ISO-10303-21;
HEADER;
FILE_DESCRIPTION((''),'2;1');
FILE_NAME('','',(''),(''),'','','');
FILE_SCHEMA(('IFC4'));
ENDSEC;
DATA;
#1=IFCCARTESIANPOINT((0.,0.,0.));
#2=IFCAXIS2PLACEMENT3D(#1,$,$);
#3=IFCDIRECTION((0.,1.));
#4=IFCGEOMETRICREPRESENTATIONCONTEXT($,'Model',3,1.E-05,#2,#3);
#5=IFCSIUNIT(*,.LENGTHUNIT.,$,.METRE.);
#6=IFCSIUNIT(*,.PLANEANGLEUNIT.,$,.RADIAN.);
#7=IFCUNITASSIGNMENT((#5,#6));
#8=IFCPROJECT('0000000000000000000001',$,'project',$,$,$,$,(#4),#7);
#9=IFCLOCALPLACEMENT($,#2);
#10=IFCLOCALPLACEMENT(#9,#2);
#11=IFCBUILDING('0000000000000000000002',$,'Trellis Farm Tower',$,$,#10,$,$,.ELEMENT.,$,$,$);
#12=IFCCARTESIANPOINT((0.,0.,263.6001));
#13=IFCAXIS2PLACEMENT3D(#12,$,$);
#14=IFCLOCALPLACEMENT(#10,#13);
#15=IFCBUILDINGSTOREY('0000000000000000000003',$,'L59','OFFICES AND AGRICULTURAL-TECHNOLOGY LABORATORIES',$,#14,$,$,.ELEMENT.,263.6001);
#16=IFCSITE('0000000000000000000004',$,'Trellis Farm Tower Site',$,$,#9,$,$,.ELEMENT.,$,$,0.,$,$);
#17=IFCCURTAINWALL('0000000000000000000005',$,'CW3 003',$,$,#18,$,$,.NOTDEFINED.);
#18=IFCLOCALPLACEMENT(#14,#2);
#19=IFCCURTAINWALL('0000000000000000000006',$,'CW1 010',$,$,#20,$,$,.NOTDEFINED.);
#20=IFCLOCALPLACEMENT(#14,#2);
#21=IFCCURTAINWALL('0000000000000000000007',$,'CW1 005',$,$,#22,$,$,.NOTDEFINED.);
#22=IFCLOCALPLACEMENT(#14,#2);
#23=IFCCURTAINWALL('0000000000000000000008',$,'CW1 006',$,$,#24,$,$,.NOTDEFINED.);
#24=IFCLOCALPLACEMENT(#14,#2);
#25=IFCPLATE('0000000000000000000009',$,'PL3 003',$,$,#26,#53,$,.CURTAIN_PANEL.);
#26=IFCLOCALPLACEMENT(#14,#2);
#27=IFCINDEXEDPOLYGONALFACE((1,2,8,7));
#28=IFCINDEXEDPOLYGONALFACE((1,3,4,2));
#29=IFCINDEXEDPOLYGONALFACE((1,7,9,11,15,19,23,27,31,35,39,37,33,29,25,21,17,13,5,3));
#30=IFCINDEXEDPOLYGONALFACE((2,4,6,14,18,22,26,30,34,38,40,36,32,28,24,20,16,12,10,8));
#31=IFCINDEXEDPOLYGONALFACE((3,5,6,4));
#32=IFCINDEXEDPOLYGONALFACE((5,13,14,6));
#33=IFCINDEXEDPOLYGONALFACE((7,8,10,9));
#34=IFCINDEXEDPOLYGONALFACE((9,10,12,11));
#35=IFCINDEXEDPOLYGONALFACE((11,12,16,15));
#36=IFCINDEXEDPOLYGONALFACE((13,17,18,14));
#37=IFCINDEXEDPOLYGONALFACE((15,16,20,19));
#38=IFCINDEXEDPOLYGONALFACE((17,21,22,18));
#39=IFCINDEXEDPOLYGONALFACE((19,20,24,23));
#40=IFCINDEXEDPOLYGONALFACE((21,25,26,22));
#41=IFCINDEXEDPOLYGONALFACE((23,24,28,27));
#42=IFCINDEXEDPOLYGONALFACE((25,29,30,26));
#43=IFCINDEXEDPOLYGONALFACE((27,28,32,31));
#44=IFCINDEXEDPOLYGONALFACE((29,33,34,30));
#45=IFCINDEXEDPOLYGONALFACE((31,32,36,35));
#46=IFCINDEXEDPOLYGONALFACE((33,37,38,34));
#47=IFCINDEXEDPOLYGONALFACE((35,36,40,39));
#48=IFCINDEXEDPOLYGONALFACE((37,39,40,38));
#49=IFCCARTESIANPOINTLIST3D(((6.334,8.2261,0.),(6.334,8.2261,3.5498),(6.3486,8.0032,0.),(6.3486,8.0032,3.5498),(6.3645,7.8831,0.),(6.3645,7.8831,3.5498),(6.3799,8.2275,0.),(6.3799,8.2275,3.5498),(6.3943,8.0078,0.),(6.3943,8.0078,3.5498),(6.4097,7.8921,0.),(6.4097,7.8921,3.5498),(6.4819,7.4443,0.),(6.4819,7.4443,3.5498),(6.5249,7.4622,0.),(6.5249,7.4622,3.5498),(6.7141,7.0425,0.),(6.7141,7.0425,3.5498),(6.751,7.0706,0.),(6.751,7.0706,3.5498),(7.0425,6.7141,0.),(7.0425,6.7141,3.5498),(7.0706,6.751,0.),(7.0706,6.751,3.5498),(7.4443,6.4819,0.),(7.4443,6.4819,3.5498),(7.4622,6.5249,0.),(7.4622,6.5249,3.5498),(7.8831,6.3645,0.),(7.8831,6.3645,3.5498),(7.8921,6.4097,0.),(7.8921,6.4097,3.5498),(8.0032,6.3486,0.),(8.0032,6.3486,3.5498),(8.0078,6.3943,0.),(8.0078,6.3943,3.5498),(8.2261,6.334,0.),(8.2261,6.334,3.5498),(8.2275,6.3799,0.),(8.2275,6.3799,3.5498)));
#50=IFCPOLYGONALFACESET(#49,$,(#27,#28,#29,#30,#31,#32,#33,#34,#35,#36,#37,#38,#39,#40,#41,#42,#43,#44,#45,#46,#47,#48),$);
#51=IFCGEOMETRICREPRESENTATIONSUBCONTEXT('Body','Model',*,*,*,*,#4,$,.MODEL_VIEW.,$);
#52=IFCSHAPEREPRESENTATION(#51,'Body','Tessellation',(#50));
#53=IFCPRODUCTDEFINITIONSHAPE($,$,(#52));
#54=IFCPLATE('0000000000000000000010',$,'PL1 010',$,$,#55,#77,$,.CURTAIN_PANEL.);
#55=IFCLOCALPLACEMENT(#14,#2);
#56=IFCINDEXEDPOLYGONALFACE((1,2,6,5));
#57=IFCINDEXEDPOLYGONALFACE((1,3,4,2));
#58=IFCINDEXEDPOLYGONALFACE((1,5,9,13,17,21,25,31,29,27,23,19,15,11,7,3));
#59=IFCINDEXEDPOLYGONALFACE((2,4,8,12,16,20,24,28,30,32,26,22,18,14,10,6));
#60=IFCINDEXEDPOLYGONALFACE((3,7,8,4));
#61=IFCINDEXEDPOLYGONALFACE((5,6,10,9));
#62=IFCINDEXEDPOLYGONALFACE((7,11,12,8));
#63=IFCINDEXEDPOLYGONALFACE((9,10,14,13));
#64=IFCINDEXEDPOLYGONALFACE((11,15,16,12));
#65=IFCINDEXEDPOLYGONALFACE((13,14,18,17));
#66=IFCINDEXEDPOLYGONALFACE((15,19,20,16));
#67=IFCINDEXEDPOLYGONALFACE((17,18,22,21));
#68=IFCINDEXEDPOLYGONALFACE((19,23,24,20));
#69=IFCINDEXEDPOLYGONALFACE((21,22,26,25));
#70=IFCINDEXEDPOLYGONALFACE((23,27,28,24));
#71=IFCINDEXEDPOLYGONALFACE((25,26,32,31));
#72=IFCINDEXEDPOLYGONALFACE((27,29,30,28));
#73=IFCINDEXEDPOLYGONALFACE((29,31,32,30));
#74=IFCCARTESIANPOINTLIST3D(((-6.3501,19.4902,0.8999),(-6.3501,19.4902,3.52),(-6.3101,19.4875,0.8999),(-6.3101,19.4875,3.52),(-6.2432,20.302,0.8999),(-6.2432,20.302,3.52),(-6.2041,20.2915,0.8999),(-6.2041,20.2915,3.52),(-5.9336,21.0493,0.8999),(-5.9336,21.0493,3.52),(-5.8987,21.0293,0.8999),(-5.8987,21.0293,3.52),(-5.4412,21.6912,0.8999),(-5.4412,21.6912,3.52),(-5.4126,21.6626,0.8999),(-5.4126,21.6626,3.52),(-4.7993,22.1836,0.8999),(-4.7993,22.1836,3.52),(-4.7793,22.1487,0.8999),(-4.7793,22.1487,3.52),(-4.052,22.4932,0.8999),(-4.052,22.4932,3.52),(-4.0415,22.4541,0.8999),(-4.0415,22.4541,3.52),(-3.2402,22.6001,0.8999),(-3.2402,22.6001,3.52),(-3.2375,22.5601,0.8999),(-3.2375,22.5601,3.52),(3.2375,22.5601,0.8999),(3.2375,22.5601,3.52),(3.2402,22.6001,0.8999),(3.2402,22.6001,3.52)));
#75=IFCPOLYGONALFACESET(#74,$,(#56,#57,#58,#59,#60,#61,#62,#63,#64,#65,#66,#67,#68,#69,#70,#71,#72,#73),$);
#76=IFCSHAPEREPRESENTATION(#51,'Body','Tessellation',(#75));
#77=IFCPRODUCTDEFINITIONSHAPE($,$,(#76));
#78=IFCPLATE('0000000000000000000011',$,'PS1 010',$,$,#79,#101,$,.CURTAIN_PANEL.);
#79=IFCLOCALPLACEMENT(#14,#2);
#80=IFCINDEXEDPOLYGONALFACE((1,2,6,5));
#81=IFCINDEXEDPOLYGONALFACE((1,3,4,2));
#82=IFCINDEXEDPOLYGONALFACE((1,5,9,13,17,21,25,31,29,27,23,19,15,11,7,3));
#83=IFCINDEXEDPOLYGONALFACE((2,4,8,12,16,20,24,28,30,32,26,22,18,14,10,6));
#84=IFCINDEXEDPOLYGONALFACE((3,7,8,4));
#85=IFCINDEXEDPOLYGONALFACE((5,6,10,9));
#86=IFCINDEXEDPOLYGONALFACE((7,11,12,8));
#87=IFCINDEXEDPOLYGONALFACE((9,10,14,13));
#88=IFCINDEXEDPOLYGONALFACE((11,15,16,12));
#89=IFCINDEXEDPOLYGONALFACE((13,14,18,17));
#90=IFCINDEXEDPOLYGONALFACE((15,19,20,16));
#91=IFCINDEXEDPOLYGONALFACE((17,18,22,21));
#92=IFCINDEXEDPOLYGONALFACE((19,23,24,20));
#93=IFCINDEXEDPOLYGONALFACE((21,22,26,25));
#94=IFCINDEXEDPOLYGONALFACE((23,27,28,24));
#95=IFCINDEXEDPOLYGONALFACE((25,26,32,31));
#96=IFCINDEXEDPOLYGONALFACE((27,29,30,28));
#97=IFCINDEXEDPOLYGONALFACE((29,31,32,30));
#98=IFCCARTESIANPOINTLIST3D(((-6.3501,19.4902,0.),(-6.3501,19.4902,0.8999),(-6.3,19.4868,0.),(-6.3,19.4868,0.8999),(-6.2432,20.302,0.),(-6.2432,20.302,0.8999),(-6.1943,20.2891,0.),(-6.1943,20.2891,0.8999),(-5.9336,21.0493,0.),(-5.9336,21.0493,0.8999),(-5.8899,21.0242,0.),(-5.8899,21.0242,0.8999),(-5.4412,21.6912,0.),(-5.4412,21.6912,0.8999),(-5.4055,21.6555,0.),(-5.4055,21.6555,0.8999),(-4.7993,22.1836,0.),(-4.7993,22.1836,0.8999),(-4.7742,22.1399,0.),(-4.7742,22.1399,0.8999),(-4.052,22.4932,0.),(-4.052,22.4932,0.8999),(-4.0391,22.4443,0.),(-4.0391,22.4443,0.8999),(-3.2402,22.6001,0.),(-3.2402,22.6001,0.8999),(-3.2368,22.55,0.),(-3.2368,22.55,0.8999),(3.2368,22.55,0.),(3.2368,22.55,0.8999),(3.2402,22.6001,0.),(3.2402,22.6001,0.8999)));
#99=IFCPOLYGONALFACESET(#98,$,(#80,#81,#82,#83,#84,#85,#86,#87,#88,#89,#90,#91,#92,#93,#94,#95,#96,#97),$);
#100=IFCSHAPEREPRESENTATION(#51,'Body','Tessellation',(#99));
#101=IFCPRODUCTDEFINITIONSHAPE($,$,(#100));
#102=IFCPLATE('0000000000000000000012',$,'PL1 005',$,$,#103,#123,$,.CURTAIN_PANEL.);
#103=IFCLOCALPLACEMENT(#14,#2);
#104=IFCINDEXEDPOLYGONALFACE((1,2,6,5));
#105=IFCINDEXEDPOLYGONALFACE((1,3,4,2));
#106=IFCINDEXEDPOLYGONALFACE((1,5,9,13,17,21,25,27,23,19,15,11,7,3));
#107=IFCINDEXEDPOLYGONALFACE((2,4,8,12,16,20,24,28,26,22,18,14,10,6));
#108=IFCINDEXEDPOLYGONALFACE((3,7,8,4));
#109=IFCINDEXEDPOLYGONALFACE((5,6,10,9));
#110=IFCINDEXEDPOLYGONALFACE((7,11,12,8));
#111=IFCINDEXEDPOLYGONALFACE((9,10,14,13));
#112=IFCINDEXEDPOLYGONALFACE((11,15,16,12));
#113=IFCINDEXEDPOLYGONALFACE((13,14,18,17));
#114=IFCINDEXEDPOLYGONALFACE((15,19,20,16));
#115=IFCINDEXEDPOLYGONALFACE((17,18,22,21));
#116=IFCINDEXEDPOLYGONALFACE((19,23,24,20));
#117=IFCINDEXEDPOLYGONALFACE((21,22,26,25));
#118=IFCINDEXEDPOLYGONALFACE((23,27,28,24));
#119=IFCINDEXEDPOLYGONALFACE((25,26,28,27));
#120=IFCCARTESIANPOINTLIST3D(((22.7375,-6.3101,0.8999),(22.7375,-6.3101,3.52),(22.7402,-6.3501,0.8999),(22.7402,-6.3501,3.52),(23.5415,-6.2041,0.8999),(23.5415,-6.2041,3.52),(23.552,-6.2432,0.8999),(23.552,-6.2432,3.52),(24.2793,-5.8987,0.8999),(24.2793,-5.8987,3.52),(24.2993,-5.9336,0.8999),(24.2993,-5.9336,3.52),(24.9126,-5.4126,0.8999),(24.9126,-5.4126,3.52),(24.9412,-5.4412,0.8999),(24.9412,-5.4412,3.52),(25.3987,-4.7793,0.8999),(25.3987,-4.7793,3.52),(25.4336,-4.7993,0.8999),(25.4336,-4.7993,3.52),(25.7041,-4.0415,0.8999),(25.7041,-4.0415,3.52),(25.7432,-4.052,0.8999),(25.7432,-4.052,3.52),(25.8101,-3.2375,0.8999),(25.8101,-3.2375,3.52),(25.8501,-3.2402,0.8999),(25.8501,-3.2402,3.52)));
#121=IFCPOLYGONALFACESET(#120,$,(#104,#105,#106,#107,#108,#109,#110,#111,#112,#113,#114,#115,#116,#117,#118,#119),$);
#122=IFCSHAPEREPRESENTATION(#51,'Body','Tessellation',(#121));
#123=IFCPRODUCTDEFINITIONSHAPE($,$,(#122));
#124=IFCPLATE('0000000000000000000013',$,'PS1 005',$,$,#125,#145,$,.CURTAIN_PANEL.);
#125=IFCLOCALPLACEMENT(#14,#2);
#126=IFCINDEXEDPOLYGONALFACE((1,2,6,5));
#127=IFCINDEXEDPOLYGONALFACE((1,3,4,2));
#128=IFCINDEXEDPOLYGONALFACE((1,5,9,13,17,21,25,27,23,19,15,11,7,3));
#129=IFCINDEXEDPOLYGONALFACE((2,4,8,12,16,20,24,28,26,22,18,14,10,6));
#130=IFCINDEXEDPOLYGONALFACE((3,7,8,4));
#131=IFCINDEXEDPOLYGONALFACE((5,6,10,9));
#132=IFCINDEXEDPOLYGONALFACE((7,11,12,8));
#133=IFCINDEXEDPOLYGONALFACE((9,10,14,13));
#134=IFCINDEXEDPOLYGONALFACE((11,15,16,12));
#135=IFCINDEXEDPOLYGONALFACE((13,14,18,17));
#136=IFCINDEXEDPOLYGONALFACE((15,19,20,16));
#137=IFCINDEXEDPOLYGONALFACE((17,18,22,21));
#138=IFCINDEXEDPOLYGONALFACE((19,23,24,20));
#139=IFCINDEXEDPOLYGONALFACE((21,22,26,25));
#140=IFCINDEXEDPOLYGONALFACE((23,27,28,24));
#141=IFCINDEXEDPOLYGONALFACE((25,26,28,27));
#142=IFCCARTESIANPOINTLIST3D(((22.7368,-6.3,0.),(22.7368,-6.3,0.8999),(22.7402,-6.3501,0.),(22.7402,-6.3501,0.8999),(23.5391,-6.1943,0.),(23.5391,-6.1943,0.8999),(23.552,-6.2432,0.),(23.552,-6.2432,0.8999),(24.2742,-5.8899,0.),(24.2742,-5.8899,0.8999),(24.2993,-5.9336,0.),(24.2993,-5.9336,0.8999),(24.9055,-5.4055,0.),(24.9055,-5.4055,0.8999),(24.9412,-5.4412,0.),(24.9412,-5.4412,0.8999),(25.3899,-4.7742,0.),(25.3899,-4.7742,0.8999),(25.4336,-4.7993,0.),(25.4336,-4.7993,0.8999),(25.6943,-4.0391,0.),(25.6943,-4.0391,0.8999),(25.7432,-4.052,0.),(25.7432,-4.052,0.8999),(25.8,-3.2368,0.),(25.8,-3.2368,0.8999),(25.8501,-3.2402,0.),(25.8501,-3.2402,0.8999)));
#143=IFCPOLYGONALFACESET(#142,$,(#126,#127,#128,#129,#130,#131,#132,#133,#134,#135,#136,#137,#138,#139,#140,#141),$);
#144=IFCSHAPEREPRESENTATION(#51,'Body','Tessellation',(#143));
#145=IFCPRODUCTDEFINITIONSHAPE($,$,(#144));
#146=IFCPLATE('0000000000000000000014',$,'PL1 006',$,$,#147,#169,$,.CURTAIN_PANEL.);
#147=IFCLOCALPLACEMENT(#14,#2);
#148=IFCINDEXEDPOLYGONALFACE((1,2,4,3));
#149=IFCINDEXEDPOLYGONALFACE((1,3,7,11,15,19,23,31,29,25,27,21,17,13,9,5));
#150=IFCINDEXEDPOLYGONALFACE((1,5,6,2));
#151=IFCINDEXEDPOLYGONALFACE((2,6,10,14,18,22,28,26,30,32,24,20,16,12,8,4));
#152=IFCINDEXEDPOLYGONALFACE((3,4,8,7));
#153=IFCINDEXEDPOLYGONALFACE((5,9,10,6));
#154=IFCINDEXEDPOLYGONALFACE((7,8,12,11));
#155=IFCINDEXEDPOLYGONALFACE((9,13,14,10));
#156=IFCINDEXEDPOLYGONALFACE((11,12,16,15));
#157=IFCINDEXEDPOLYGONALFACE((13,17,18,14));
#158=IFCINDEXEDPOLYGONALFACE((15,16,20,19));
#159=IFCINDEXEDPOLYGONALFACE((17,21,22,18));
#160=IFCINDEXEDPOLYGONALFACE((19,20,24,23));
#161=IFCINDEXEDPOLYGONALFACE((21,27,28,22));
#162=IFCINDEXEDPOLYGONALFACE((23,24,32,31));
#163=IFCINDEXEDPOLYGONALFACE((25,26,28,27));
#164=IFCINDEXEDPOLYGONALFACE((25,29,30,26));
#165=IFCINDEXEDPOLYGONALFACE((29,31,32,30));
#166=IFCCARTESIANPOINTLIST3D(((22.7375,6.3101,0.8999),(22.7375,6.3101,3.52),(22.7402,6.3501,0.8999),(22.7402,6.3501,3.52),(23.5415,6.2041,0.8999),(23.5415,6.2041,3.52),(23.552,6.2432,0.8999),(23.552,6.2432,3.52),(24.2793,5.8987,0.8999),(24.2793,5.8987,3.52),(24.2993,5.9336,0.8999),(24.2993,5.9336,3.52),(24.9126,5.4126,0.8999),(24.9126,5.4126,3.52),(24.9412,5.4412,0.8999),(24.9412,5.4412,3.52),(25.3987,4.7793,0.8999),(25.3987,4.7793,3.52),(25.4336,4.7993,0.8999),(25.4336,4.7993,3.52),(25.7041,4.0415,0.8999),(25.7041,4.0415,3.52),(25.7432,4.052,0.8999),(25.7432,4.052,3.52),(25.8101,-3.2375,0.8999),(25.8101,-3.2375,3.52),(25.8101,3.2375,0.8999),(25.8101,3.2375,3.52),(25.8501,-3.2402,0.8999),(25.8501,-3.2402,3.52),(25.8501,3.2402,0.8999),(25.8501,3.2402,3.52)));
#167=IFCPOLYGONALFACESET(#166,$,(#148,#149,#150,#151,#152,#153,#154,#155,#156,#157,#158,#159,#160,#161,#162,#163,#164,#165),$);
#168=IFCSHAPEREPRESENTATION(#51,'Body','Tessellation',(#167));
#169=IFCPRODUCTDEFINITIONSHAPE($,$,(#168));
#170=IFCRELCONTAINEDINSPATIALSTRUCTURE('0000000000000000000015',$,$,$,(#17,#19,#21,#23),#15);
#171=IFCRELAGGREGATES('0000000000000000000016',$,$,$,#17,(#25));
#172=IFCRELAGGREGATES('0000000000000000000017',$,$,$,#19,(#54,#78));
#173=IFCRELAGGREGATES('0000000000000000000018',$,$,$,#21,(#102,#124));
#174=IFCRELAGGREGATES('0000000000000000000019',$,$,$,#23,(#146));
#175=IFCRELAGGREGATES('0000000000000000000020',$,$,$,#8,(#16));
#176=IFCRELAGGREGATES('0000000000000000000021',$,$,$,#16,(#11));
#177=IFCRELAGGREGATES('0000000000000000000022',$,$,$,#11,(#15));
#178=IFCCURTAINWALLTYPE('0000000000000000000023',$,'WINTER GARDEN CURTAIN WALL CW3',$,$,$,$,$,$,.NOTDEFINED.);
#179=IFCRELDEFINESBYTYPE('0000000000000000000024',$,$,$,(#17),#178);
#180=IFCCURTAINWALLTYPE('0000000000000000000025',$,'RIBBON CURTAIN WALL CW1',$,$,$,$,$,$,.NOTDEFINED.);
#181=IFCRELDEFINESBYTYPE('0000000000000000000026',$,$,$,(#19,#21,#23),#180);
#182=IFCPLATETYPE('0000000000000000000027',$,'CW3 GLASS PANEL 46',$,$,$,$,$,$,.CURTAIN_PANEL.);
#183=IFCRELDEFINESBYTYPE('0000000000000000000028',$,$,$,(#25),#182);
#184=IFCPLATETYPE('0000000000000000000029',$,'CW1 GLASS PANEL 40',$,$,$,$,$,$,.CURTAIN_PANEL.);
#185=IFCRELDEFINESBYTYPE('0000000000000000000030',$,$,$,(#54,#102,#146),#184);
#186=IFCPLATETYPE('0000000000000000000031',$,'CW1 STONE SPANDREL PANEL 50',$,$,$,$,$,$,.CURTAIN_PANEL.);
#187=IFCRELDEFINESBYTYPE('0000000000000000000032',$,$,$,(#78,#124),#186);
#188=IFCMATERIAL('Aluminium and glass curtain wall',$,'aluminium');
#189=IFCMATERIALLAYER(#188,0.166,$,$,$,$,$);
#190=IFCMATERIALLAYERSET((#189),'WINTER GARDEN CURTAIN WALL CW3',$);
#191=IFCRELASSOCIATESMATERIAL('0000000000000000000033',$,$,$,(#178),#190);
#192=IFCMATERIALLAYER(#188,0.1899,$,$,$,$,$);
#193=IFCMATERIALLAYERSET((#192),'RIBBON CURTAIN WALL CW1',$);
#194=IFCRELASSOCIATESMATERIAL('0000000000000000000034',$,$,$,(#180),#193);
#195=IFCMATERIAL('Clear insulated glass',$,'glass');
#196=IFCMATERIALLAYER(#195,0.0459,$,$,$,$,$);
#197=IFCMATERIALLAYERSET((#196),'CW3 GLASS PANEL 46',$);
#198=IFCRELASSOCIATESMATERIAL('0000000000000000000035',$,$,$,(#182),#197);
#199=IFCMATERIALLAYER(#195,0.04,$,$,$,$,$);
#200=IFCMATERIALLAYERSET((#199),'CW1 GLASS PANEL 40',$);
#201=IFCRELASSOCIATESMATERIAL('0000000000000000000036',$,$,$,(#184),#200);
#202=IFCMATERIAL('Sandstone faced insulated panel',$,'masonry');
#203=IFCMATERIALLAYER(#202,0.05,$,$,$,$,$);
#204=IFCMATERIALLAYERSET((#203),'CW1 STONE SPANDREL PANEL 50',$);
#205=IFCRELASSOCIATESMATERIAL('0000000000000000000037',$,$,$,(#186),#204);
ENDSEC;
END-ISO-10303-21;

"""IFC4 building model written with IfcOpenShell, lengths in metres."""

from ifc_helpers import new_model, si_unit, direction, frame, origin, place, context, subcontext, project, spatial, polyline, outline, extrude, source, transform, mapped, material, layer, layer_set, type_object, element, aggregate, save


model = new_model("IFC4")

# Units and contexts
model_context = context("Model", 3, precision=1e-05, world=origin(), true_north=direction((0.0, 1.0)))
body_context = subcontext(model_context, "Body", "Model", "MODEL_VIEW")
ifc_project = project(units=[si_unit("LENGTHUNIT", "METRE"), si_unit("PLANEANGLEUNIT", "RADIAN")], contexts=[model_context])

# Site, building, storey
site_placement = place(None, origin())
site = spatial("IfcSite", under=ifc_project, at=site_placement, Name="Trellis Farm Tower Site", CompositionType="ELEMENT", RefElevation=0.0)
building_placement = place(site_placement, origin())
building = spatial("IfcBuilding", under=site, at=building_placement, Name="Trellis Farm Tower", CompositionType="ELEMENT")
storey_placement = place(building_placement, frame((0.0, 0.0, 263.6001)))
storey = spatial("IfcBuildingStorey", under=building, at=storey_placement, Name="L59", Description="OFFICES AND AGRICULTURAL-TECHNOLOGY LABORATORIES", CompositionType="ELEMENT", Elevation=263.6001)

# Curtain walls
ifc_material_1 = material(Name="Aluminium and glass curtain wall", Category="aluminium")
ifc_layer_1 = layer(ifc_material_1, 0.166)
ifc_layer_set_1 = layer_set([ifc_layer_1], Name="WINTER GARDEN CURTAIN WALL CW3")
curtain_wall_type_1 = type_object("IfcCurtainWallType", Name="WINTER GARDEN CURTAIN WALL CW3", PredefinedType="NOTDEFINED", material=ifc_layer_set_1)
placement_1 = place(storey_placement, origin())
curtain_wall_1 = element("IfcCurtainWall", 1, at=placement_1, inside=storey, type_object=curtain_wall_type_1, Name="CW3 003", PredefinedType="NOTDEFINED")
ifc_layer_2 = layer(ifc_material_1, 0.1899)
ifc_layer_set_2 = layer_set([ifc_layer_2], Name="RIBBON CURTAIN WALL CW1")
curtain_wall_type_2 = type_object("IfcCurtainWallType", Name="RIBBON CURTAIN WALL CW1", PredefinedType="NOTDEFINED", material=ifc_layer_set_2)
curtain_wall_2 = element("IfcCurtainWall", 2, at=placement_1, inside=storey, type_object=curtain_wall_type_2, Name="CW1 010", PredefinedType="NOTDEFINED")
curtain_wall_3 = element("IfcCurtainWall", 3, at=placement_1, inside=storey, type_object=curtain_wall_type_2, Name="CW1 005", PredefinedType="NOTDEFINED")
curtain_wall_4 = element("IfcCurtainWall", 4, at=placement_1, inside=storey, type_object=curtain_wall_type_2, Name="CW1 006", PredefinedType="NOTDEFINED")

# Plates
ifc_material_2 = material(Name="Clear insulated glass", Category="glass")
ifc_layer_3 = layer(ifc_material_2, 0.0459)
ifc_layer_set_3 = layer_set([ifc_layer_3], Name="CW3 GLASS PANEL 46")
plate_type_1 = type_object("IfcPlateType", Name="CW3 GLASS PANEL 46", PredefinedType="CURTAIN_PANEL", material=ifc_layer_set_3)
shared_shape_1 = source(origin(), body_context, "Body", "SweptSolid", [
    extrude(outline(polyline([(8.2275, 6.3799), (8.0078, 6.3943), (7.8921, 6.4097), (7.4622, 6.5249), (7.0706, 6.751), (6.751, 7.0706), (6.5249, 7.4622), (6.4097, 7.8921), (6.3943, 8.0078), (6.3799, 8.2275), (6.334, 8.2261), (6.3486, 8.0032), (6.3645, 7.8831), (6.4819, 7.4443), (6.7141, 7.0425), (7.0425, 6.7141), (7.4443, 6.4819), (7.8831, 6.3645), (8.0032, 6.3486), (8.2261, 6.334), (8.2275, 6.3799)])), origin(), (0.0, 0.0, 1.0), 3.5498),
])
plate_1 = element("IfcPlate", 5, at=placement_1, type_object=plate_type_1, Name="PL3 003", PredefinedType="CURTAIN_PANEL", context=body_context, shape_type="MappedRepresentation", body=[
    mapped(shared_shape_1, transform((0.0, 0.0, 0.0))),
])
aggregate(curtain_wall_1, [plate_1])
ifc_layer_4 = layer(ifc_material_2, 0.04)
ifc_layer_set_4 = layer_set([ifc_layer_4], Name="CW1 GLASS PANEL 40")
plate_type_2 = type_object("IfcPlateType", Name="CW1 GLASS PANEL 40", PredefinedType="CURTAIN_PANEL", material=ifc_layer_set_4)
shared_shape_2 = source(origin(), body_context, "Body", "SweptSolid", [
    extrude(outline(polyline([(3.2402, 22.6001), (-3.2402, 22.6001), (-4.052, 22.4932), (-4.7993, 22.1836), (-5.4412, 21.6912), (-5.9336, 21.0493), (-6.2432, 20.302), (-6.3501, 19.4902), (-6.3101, 19.4875), (-6.2041, 20.2915), (-5.8987, 21.0293), (-5.4126, 21.6626), (-4.7793, 22.1487), (-4.0415, 22.4541), (-3.2375, 22.5601), (3.2375, 22.5601), (3.2402, 22.6001)])), origin(), (0.0, 0.0, 1.0), 2.6201),
])
placement_2 = place(storey_placement, frame((0.0, 0.0, 0.8999)))
plate_2 = element("IfcPlate", 6, at=placement_2, type_object=plate_type_2, Name="PL1 010", PredefinedType="CURTAIN_PANEL", context=body_context, shape_type="MappedRepresentation", body=[
    mapped(shared_shape_2, transform((0.0, 0.0, 0.0))),
])
ifc_material_3 = material(Name="Sandstone faced insulated panel", Category="masonry")
ifc_layer_5 = layer(ifc_material_3, 0.05)
ifc_layer_set_5 = layer_set([ifc_layer_5], Name="CW1 STONE SPANDREL PANEL 50")
plate_type_3 = type_object("IfcPlateType", Name="CW1 STONE SPANDREL PANEL 50", PredefinedType="CURTAIN_PANEL", material=ifc_layer_set_5)
shared_shape_3 = source(origin(), body_context, "Body", "SweptSolid", [
    extrude(outline(polyline([(3.2402, 22.6001), (-3.2402, 22.6001), (-4.052, 22.4932), (-4.7993, 22.1836), (-5.4412, 21.6912), (-5.9336, 21.0493), (-6.2432, 20.302), (-6.3501, 19.4902), (-6.3, 19.4868), (-6.1943, 20.2891), (-5.8899, 21.0242), (-5.4055, 21.6555), (-4.7742, 22.1399), (-4.0391, 22.4443), (-3.2368, 22.55), (3.2368, 22.55), (3.2402, 22.6001)])), origin(), (0.0, 0.0, 1.0), 0.8999),
])
plate_3 = element("IfcPlate", 7, at=placement_1, type_object=plate_type_3, Name="PS1 010", PredefinedType="CURTAIN_PANEL", context=body_context, shape_type="MappedRepresentation", body=[
    mapped(shared_shape_3, transform((0.0, 0.0, 0.0))),
])
aggregate(curtain_wall_2, [plate_2, plate_3])
shared_shape_4 = source(origin(), body_context, "Body", "SweptSolid", [
    extrude(outline(polyline([(22.7402, -6.3501), (23.552, -6.2432), (24.2993, -5.9336), (24.9412, -5.4412), (25.4336, -4.7993), (25.7432, -4.052), (25.8501, -3.2402), (25.8101, -3.2375), (25.7041, -4.0415), (25.3987, -4.7793), (24.9126, -5.4126), (24.2793, -5.8987), (23.5415, -6.2041), (22.7375, -6.3101), (22.7402, -6.3501)])), origin(), (0.0, 0.0, 1.0), 2.6201),
])
plate_4 = element("IfcPlate", 8, at=placement_2, type_object=plate_type_2, Name="PL1 005", PredefinedType="CURTAIN_PANEL", context=body_context, shape_type="MappedRepresentation", body=[
    mapped(shared_shape_4, transform((0.0, 0.0, 0.0))),
])
shared_shape_5 = source(origin(), body_context, "Body", "SweptSolid", [
    extrude(outline(polyline([(22.7402, -6.3501), (23.552, -6.2432), (24.2993, -5.9336), (24.9412, -5.4412), (25.4336, -4.7993), (25.7432, -4.052), (25.8501, -3.2402), (25.8, -3.2368), (25.6943, -4.0391), (25.3899, -4.7742), (24.9055, -5.4055), (24.2742, -5.8899), (23.5391, -6.1943), (22.7368, -6.3), (22.7402, -6.3501)])), origin(), (0.0, 0.0, 1.0), 0.8999),
])
plate_5 = element("IfcPlate", 9, at=placement_1, type_object=plate_type_3, Name="PS1 005", PredefinedType="CURTAIN_PANEL", context=body_context, shape_type="MappedRepresentation", body=[
    mapped(shared_shape_5, transform((0.0, 0.0, 0.0))),
])
aggregate(curtain_wall_3, [plate_4, plate_5])
shared_shape_6 = source(origin(), body_context, "Body", "SweptSolid", [
    extrude(outline(polyline([(25.8501, -3.2402), (25.8501, 3.2402), (25.7432, 4.052), (25.4336, 4.7993), (24.9412, 5.4412), (24.2993, 5.9336), (23.552, 6.2432), (22.7402, 6.3501), (22.7375, 6.3101), (23.5415, 6.2041), (24.2793, 5.8987), (24.9126, 5.4126), (25.3987, 4.7793), (25.7041, 4.0415), (25.8101, 3.2375), (25.8101, -3.2375), (25.8501, -3.2402)])), origin(), (0.0, 0.0, 1.0), 2.6201),
])
plate_6 = element("IfcPlate", 10, at=placement_2, type_object=plate_type_2, Name="PL1 006", PredefinedType="CURTAIN_PANEL", context=body_context, shape_type="MappedRepresentation", body=[
    mapped(shared_shape_6, transform((0.0, 0.0, 0.0))),
])
aggregate(curtain_wall_4, [plate_6])

save(model, "model.ifc")
